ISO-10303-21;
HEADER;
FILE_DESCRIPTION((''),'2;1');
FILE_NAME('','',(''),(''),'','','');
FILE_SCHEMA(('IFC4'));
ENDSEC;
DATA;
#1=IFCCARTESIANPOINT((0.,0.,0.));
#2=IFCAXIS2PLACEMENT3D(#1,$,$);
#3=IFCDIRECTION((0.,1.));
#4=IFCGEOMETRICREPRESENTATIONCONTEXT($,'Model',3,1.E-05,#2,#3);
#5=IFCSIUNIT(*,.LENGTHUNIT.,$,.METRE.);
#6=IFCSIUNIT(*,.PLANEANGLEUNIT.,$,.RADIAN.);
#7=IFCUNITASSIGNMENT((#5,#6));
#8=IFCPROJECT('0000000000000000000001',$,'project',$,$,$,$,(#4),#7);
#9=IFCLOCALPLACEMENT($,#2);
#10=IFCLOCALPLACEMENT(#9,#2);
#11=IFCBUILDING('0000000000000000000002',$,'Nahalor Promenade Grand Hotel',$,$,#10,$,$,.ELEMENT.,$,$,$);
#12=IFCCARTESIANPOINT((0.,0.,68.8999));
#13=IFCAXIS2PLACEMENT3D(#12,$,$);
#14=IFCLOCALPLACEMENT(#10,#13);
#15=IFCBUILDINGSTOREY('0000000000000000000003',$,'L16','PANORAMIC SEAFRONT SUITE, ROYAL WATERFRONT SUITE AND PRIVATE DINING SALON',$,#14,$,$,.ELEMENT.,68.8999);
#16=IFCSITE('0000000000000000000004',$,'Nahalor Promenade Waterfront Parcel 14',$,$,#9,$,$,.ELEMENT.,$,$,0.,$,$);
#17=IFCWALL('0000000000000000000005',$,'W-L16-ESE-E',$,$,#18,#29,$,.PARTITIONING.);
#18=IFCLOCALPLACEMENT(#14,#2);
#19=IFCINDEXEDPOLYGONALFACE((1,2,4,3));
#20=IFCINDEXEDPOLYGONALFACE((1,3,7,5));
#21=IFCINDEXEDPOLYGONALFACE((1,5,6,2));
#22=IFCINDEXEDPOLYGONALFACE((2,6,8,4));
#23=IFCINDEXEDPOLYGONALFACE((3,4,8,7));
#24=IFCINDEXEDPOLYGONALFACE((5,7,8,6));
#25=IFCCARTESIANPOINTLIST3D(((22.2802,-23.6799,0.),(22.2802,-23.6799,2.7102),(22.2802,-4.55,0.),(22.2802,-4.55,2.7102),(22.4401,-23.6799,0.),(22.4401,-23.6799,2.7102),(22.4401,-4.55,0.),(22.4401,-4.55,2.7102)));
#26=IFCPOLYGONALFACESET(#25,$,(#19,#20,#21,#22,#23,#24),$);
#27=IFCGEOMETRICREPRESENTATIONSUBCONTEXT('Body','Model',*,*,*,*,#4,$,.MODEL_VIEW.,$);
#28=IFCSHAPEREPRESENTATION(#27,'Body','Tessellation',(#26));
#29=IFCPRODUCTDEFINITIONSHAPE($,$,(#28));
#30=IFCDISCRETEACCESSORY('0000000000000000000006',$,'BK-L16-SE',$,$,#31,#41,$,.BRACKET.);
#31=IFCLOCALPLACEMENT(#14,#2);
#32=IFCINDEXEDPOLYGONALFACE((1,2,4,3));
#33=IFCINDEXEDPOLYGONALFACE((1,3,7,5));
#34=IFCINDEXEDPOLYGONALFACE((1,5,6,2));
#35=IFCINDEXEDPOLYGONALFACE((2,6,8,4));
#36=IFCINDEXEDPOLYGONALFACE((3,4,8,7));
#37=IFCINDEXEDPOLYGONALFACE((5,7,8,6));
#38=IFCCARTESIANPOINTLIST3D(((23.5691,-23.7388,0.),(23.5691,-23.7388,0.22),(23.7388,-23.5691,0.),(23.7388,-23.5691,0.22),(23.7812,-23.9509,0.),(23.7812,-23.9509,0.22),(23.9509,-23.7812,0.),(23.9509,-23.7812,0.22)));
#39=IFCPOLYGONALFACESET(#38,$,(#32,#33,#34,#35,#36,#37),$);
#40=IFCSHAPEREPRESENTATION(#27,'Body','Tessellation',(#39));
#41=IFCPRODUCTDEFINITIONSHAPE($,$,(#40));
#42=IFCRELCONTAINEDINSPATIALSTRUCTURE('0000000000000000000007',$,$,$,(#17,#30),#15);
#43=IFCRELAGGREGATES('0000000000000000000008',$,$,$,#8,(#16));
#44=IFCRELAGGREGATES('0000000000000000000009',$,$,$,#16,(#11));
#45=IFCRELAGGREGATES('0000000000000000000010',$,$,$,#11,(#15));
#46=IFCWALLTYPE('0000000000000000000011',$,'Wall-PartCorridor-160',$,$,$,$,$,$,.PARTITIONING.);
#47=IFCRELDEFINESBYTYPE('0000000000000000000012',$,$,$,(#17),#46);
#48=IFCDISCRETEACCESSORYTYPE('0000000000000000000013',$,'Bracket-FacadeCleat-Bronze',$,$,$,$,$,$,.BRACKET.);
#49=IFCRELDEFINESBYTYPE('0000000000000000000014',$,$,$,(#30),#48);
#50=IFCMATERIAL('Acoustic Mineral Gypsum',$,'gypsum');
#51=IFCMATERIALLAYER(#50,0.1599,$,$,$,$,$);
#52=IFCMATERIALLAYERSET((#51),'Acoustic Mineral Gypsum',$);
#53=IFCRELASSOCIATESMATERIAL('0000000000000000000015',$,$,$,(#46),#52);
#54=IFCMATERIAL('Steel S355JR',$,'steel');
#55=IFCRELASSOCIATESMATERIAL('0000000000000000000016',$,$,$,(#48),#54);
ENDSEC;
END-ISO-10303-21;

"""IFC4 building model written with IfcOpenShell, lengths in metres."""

from ifc_helpers import new_model, si_unit, direction, frame, frame_2d, origin, origin_2d, place, context, subcontext, project, spatial, rectangle, extrude, source, transform, mapped, material, layer, layer_set, type_object, element, save


model = new_model("IFC4")

# Units and contexts
model_context = context("Model", 3, precision=1e-05, world=origin(), true_north=direction((0.0, 1.0)))
body_context = subcontext(model_context, "Body", "Model", "MODEL_VIEW")
ifc_project = project(units=[si_unit("LENGTHUNIT", "METRE"), si_unit("PLANEANGLEUNIT", "RADIAN")], contexts=[model_context])

# Site, building, storey
site_placement = place(None, origin())
site = spatial("IfcSite", under=ifc_project, at=site_placement, Name="Nahalor Promenade Waterfront Parcel 14", CompositionType="ELEMENT", RefElevation=0.0)
building_placement = place(site_placement, origin())
building = spatial("IfcBuilding", under=site, at=building_placement, Name="Nahalor Promenade Grand Hotel", CompositionType="ELEMENT")
storey_placement = place(building_placement, frame((0.0, 0.0, 68.8999)))
storey = spatial("IfcBuildingStorey", under=building, at=storey_placement, Name="L16", Description="PANORAMIC SEAFRONT SUITE, ROYAL WATERFRONT SUITE AND PRIVATE DINING SALON", CompositionType="ELEMENT", Elevation=68.8999)

# Shared definitions
ifc_material_1 = material(Name="Steel S355JR", Category="steel")

# Wall
ifc_material_2 = material(Name="Acoustic Mineral Gypsum", Category="gypsum")
ifc_layer_1 = layer(ifc_material_2, 0.1599)
ifc_layer_set_1 = layer_set([ifc_layer_1], Name="Acoustic Mineral Gypsum")
wall_type_1 = type_object("IfcWallType", Name="Wall-PartCorridor-160", PredefinedType="PARTITIONING", material=ifc_layer_set_1)
shared_shape_1 = source(origin(), body_context, "Body", "SweptSolid", [
    extrude(rectangle(XDim=19.1299, YDim=0.1599, at=frame_2d((9.5649, 0.0))), origin(), (0.0, 0.0, 1.0), 2.7102),
])
wall_1_placement = place(storey_placement, frame((22.3601, -23.6799, 0.0), z_axis=(0.0, 0.0, 1.0), x_axis=(0.0, 1.0, 0.0)))
element("IfcWall", 1, at=wall_1_placement, inside=storey, type_object=wall_type_1, Name="W-L16-ESE-E", PredefinedType="PARTITIONING", context=body_context, shape_type="MappedRepresentation", body=[
    mapped(shared_shape_1, transform((0.0, 0.0, 0.0), scale=1.0)),
])

# Discrete accessory
discrete_accessory_type = type_object("IfcDiscreteAccessoryType", Name="Bracket-FacadeCleat-Bronze", PredefinedType="BRACKET", material=ifc_material_1)
shared_shape_2 = source(origin(), body_context, "Body", "SweptSolid", [
    extrude(rectangle(XDim=0.3, YDim=0.24, at=origin_2d()), origin(), (0.0, 0.0, 1.0), 0.22),
])
discrete_accessory_placement = place(storey_placement, frame((23.76, -23.76, 0.0), z_axis=(0.0, 0.0, 1.0), x_axis=(-0.707107, 0.707107, 0.0)))
element("IfcDiscreteAccessory", 2, at=discrete_accessory_placement, inside=storey, type_object=discrete_accessory_type, Name="BK-L16-SE", PredefinedType="BRACKET", context=body_context, shape_type="MappedRepresentation", body=[
    mapped(shared_shape_2, transform((0.0, 0.0, 0.0), scale=1.0)),
])

save(model, "model.ifc")
